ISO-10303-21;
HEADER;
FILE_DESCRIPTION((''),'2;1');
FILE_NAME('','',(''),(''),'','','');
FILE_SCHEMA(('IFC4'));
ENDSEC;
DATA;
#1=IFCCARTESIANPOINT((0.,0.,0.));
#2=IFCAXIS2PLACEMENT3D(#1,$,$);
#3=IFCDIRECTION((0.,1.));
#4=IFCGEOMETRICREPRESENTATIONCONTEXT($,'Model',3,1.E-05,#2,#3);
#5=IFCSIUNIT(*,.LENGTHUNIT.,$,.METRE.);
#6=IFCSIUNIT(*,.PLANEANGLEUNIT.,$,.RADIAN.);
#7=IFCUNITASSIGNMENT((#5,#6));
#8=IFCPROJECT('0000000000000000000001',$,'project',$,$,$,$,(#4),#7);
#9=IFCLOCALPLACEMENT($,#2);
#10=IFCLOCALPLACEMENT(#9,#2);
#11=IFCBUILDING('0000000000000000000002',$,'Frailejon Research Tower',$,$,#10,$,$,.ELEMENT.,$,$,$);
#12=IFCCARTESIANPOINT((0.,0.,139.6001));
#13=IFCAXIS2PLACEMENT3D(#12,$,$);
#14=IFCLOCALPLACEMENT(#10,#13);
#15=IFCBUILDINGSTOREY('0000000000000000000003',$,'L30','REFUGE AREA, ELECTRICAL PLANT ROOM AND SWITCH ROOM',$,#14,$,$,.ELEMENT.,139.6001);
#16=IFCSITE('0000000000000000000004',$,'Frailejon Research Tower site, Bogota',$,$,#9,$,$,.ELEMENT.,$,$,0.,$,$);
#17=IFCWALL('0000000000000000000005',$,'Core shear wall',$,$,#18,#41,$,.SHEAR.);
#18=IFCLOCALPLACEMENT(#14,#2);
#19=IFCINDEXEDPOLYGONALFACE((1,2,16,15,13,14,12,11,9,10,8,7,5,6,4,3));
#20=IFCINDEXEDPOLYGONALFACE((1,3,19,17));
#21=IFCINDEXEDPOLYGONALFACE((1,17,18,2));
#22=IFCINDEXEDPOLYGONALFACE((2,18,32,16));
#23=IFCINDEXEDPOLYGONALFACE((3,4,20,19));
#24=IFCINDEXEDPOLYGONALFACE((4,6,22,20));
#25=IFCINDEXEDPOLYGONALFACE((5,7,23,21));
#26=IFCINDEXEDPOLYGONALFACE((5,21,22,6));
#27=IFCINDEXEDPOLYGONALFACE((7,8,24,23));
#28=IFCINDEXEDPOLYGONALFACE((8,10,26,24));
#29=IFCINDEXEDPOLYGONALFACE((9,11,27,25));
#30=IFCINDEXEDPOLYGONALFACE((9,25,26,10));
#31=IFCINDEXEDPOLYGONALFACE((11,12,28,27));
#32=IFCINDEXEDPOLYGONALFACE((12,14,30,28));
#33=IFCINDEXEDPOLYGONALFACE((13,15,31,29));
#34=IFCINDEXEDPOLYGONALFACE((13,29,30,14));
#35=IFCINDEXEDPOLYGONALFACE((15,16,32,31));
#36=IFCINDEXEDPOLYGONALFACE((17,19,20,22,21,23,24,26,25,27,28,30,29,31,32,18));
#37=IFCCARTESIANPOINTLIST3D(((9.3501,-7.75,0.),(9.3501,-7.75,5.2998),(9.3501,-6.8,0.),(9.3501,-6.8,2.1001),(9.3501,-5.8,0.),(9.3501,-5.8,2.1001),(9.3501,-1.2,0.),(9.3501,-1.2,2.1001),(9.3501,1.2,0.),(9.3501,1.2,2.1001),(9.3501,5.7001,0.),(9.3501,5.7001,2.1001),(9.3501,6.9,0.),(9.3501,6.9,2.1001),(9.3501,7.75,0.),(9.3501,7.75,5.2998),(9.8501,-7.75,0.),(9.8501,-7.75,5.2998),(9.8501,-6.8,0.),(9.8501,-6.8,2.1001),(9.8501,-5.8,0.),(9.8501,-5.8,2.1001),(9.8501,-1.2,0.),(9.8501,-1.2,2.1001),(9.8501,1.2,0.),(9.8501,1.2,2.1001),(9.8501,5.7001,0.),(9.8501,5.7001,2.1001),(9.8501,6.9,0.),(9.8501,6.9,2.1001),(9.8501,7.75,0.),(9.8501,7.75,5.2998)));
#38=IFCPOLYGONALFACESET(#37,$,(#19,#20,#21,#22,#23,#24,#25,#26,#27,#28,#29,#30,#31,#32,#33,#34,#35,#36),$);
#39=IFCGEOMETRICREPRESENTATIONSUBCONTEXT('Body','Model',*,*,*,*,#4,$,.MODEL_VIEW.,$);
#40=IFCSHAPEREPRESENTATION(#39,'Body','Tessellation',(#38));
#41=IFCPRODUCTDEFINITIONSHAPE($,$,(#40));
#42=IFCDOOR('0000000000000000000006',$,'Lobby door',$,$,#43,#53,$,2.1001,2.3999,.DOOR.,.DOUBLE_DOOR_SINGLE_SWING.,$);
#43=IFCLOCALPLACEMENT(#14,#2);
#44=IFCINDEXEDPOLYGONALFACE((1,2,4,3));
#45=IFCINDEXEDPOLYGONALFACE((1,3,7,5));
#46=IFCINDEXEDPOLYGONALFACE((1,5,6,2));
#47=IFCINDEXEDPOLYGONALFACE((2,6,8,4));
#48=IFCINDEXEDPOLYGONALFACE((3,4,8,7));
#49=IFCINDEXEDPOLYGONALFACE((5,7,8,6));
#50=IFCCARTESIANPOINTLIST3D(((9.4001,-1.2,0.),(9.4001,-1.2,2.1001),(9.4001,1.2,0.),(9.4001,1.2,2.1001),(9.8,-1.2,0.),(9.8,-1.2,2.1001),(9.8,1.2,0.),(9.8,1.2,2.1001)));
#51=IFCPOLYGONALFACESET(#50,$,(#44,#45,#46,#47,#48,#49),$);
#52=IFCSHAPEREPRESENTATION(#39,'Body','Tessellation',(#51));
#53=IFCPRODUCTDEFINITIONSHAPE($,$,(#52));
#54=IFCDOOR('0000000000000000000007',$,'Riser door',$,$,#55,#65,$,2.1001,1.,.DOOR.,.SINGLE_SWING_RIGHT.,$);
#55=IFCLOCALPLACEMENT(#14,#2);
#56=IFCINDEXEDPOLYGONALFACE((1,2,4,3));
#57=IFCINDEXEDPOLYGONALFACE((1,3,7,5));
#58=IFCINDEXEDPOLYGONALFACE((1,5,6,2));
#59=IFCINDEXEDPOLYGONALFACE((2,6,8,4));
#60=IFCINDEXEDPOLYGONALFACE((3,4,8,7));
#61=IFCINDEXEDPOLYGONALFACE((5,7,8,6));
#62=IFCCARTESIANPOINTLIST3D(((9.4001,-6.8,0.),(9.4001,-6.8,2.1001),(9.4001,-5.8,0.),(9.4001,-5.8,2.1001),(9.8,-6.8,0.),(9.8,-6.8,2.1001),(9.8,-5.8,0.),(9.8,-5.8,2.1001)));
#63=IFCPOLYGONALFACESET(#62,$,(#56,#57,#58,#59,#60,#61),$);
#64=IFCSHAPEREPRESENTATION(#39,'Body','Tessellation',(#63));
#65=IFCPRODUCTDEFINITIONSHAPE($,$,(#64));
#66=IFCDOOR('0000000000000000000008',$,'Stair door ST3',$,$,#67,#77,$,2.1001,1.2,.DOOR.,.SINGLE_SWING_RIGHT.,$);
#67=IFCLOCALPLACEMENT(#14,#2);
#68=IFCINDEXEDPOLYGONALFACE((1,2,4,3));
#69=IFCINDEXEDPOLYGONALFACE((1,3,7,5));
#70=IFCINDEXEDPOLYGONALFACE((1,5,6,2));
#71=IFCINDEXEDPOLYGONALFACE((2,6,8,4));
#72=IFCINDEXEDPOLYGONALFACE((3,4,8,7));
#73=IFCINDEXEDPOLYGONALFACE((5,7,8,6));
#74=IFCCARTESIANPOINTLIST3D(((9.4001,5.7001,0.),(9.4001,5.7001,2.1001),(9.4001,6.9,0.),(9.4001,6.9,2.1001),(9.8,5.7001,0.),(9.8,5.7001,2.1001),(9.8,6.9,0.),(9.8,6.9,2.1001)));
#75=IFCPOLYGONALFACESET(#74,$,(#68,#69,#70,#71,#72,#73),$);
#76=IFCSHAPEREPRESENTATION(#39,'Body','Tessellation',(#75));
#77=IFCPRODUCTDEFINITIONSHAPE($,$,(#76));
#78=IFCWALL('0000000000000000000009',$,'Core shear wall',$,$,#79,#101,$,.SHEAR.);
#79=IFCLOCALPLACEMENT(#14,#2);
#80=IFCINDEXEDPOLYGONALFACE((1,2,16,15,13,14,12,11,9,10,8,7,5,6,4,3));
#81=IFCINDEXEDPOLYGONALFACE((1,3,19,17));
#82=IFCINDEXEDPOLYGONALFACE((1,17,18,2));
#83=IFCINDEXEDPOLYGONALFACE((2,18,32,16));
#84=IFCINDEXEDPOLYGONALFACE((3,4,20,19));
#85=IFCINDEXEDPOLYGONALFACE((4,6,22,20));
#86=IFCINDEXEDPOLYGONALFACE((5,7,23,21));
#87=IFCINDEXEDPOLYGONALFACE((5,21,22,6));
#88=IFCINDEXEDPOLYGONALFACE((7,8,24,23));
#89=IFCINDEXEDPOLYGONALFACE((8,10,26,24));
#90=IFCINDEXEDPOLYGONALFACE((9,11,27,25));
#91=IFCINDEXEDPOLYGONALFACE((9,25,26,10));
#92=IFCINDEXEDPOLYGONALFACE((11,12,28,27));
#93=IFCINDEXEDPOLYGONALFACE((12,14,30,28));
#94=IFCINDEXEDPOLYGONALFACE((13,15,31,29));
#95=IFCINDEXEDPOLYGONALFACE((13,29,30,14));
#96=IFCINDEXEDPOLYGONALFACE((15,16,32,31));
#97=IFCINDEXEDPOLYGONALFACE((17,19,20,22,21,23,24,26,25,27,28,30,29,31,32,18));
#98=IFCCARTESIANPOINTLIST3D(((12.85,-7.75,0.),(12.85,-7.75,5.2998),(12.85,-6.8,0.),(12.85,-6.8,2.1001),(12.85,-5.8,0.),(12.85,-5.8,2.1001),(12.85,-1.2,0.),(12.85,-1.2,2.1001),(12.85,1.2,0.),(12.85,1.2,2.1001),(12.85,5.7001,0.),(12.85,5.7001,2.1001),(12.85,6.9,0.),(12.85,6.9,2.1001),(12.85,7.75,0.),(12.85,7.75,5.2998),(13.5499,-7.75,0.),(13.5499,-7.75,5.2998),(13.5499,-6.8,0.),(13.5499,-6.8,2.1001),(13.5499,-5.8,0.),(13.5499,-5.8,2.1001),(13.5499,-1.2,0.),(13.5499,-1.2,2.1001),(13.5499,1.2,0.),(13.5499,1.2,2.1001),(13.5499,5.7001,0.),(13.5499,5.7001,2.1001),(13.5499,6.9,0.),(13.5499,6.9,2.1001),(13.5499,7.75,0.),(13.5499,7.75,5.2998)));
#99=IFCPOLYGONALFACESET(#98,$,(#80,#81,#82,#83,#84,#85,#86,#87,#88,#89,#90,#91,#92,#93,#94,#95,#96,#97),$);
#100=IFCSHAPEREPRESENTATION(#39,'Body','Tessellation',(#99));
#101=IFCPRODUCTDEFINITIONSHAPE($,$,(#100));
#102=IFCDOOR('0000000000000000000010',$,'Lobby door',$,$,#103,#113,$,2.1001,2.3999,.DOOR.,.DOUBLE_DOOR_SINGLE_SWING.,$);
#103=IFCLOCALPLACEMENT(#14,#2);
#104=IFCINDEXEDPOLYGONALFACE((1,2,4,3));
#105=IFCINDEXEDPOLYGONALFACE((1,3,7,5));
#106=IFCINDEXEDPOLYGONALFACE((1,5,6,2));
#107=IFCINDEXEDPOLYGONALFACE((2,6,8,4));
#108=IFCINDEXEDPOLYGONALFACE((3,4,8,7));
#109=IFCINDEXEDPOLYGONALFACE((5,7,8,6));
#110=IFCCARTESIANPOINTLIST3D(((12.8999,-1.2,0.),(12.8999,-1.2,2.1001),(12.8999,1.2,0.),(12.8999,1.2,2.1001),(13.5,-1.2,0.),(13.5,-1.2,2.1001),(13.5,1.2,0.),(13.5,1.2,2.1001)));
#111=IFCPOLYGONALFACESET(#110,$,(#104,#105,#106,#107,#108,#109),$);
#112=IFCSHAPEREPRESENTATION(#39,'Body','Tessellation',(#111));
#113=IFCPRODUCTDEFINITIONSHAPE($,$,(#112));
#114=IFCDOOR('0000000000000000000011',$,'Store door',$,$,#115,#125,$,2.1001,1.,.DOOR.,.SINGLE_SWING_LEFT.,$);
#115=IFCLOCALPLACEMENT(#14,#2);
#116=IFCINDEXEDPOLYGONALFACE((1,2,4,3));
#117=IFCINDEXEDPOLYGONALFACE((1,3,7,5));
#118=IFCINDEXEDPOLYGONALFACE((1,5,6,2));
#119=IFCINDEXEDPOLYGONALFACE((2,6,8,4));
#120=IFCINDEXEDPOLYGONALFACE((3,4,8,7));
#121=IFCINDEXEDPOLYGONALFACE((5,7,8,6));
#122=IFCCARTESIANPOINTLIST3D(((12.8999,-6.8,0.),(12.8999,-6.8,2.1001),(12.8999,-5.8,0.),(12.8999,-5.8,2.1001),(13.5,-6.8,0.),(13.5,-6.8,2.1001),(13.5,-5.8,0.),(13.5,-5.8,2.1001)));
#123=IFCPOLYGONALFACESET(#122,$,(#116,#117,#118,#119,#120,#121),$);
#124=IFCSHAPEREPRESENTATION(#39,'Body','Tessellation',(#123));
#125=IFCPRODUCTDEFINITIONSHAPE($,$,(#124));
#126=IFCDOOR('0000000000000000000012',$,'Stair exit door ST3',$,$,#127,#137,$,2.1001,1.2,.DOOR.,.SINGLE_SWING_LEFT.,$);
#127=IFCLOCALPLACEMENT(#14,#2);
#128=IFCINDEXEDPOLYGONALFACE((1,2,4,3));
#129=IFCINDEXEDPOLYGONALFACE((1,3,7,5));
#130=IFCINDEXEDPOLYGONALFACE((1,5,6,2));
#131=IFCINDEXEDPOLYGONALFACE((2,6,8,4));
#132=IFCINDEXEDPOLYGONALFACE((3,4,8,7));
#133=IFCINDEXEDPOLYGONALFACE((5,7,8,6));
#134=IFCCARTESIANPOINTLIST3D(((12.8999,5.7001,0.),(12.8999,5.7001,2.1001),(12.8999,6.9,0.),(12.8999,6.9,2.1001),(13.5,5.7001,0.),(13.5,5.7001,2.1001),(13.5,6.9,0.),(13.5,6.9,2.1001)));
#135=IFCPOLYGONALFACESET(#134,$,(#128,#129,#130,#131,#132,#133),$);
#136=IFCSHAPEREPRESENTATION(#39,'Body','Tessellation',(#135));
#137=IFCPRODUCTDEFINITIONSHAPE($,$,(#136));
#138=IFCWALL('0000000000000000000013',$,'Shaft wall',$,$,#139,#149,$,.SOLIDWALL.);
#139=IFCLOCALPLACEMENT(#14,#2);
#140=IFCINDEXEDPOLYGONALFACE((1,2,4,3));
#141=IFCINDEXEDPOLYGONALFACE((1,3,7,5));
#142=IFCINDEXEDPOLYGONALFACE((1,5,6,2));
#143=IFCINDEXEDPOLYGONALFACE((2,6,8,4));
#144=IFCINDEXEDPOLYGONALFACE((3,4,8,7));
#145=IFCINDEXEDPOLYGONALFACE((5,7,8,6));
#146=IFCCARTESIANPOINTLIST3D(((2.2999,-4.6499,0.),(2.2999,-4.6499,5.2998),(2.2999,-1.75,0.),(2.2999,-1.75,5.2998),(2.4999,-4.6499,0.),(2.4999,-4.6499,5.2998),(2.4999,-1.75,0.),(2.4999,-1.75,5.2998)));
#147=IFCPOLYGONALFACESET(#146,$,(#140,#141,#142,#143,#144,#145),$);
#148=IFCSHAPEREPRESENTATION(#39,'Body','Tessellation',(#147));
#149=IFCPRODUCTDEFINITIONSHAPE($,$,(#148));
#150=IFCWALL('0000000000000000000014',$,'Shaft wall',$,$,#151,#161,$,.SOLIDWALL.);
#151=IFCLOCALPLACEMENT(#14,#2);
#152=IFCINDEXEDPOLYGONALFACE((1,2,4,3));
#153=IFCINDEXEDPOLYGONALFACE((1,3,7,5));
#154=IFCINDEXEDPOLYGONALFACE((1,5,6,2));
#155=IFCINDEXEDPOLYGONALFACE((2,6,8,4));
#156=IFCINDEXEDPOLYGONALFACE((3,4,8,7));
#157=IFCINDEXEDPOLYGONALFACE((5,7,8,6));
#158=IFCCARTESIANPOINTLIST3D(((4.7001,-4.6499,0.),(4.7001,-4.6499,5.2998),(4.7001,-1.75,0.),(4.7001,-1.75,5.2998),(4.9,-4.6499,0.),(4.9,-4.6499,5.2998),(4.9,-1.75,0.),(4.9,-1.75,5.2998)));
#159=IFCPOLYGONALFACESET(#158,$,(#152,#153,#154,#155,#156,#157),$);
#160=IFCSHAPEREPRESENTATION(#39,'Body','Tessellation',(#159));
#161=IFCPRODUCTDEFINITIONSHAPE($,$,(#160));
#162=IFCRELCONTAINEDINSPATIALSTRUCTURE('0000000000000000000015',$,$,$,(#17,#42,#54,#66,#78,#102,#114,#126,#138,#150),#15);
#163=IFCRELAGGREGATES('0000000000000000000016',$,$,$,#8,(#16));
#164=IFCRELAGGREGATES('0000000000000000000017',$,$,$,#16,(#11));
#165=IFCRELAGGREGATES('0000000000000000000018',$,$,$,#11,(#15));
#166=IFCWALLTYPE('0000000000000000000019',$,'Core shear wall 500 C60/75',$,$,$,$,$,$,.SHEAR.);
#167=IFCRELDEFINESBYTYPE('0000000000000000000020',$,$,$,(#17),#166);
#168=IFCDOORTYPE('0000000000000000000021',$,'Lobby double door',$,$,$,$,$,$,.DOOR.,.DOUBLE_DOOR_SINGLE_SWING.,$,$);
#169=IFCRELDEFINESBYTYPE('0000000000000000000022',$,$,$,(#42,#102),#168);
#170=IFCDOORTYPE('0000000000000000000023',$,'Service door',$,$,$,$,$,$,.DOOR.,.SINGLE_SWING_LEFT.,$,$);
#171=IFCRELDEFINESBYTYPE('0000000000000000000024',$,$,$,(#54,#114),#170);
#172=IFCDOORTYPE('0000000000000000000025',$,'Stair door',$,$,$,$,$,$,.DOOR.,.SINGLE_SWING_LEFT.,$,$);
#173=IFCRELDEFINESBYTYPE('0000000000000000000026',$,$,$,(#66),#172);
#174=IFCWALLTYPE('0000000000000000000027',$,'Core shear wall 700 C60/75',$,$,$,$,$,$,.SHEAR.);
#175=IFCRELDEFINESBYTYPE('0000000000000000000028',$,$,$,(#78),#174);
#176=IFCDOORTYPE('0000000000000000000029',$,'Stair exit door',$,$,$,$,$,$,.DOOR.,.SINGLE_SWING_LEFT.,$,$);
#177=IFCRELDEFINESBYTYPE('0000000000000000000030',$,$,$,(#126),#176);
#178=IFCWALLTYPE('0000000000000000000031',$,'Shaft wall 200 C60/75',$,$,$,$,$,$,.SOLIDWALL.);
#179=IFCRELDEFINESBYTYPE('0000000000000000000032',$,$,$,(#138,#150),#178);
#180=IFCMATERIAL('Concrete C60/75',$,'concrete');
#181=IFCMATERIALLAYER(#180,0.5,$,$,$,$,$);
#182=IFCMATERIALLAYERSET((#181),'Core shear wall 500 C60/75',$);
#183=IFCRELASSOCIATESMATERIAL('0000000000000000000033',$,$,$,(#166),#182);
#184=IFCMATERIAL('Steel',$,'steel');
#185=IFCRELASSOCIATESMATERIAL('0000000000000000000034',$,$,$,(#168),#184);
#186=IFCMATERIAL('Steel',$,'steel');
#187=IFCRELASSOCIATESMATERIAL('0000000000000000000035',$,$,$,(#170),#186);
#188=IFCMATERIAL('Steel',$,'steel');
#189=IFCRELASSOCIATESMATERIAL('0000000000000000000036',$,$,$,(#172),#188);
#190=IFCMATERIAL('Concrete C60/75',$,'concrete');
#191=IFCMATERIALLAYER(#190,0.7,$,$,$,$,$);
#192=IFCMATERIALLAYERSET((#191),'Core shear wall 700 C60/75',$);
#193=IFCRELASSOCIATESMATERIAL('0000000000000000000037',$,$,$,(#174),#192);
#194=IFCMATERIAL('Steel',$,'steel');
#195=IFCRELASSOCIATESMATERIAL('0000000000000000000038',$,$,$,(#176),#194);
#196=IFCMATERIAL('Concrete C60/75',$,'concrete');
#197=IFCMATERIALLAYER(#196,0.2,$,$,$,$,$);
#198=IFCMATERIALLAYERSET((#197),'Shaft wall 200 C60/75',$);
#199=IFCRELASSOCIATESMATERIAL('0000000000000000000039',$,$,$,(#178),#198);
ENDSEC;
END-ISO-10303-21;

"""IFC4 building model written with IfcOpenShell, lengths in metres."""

from ifc_helpers import new_model, si_unit, direction, frame, frame_2d, origin, place, context, subcontext, project, spatial, rectangle, extrude, material, layer, layer_set, type_object, element, fill, save


model = new_model("IFC4")

# Units and contexts
model_context = context("Model", 3, precision=1e-05, world=origin(), true_north=direction((0.0, 1.0)))
body_context = subcontext(model_context, "Body", "Model", "MODEL_VIEW")
ifc_project = project(units=[si_unit("LENGTHUNIT", "METRE"), si_unit("PLANEANGLEUNIT", "RADIAN")], contexts=[model_context])

# Site, building, storey
site_placement = place(None, origin())
site = spatial("IfcSite", under=ifc_project, at=site_placement, Name="Frailejon Research Tower site, Bogota", CompositionType="ELEMENT", RefElevation=0.0)
building_placement = place(site_placement, origin())
building = spatial("IfcBuilding", under=site, at=building_placement, Name="Frailejon Research Tower", CompositionType="ELEMENT")
storey_placement = place(building_placement, frame((0.0, 0.0, 139.6001)))
storey = spatial("IfcBuildingStorey", under=building, at=storey_placement, Name="L30", Description="REFUGE AREA, ELECTRICAL PLANT ROOM AND SWITCH ROOM", CompositionType="ELEMENT", Elevation=139.6001)

# Walls, openings, doors
ifc_material_1 = material(Name="Concrete C60/75", Category="concrete")
ifc_layer_1 = layer(ifc_material_1, 0.5)
ifc_layer_set_1 = layer_set([ifc_layer_1], Name="Core shear wall 500 C60/75")
wall_type_1 = type_object("IfcWallType", Name="Core shear wall 500 C60/75", PredefinedType="SHEAR", material=ifc_layer_set_1)
wall_1_placement = place(storey_placement, frame((9.6001, -7.75, 0.0), z_axis=(0.0, 0.0, 1.0), x_axis=(0.0, 1.0, 0.0)))
wall_1 = element("IfcWall", 1, at=wall_1_placement, inside=storey, type_object=wall_type_1, Name="Core shear wall", PredefinedType="SHEAR", context=body_context, shape_type="SweptSolid", body=[
    extrude(rectangle(XDim=15.5, YDim=0.5, at=frame_2d((7.75, 0.0))), origin(), (0.0, 0.0, 1.0), 5.2998),
])
opening_1_placement = place(wall_1_placement, frame((6.55, 0.0, 0.0)))
opening_1 = element("IfcOpeningElement", 2, at=opening_1_placement, cuts=wall_1, PredefinedType="OPENING", context=body_context, shape_type="SweptSolid", body=[
    extrude(rectangle(XDim=2.3999, YDim=2.1001, at=frame_2d((1.2, 1.05))), frame((0.0, 0.26, 0.0), z_axis=(0.0, -1.0, 0.0), x_axis=(1.0, 0.0, 0.0)), (0.0, 0.0, 1.0), 0.52),
])
opening_2_placement = place(wall_1_placement, frame((13.45, 0.0, 0.0)))
opening_2 = element("IfcOpeningElement", 3, at=opening_2_placement, cuts=wall_1, PredefinedType="OPENING", context=body_context, shape_type="SweptSolid", body=[
    extrude(rectangle(XDim=1.2, YDim=2.1001, at=frame_2d((0.6001, 1.05))), frame((0.0, 0.26, 0.0), z_axis=(0.0, -1.0, 0.0), x_axis=(1.0, 0.0, 0.0)), (0.0, 0.0, 1.0), 0.52),
])
opening_3_placement = place(wall_1_placement, frame((0.95, 0.0, 0.0)))
opening_3 = element("IfcOpeningElement", 4, at=opening_3_placement, cuts=wall_1, PredefinedType="OPENING", context=body_context, shape_type="SweptSolid", body=[
    extrude(rectangle(XDim=1.0, YDim=2.1001, at=frame_2d((0.5, 1.05))), frame((0.0, 0.26, 0.0), z_axis=(0.0, -1.0, 0.0), x_axis=(1.0, 0.0, 0.0)), (0.0, 0.0, 1.0), 0.52),
])
ifc_material_2 = material(Name="Steel", Category="steel")
door_type_1 = type_object("IfcDoorType", Name="Lobby double door", OperationType="DOUBLE_DOOR_SINGLE_SWING", PredefinedType="DOOR", material=ifc_material_2)
door_1_placement = place(opening_1_placement, origin())
door_1 = element("IfcDoor", 5, at=door_1_placement, inside=storey, type_object=door_type_1, Name="Lobby door", OperationType="DOUBLE_DOOR_SINGLE_SWING", OverallHeight=2.1001, OverallWidth=2.3999, PredefinedType="DOOR", context=body_context, shape_type="SweptSolid", body=[
    extrude(rectangle(XDim=2.3999, YDim=2.1001, at=frame_2d((1.2, 1.05))), frame((0.0, 0.2, 0.0), z_axis=(0.0, -1.0, 0.0), x_axis=(1.0, 0.0, 0.0)), (0.0, 0.0, 1.0), 0.3999),
])
fill(opening_1, door_1)
ifc_material_3 = material(Name="Steel", Category="steel")
door_type_2 = type_object("IfcDoorType", Name="Service door", OperationType="SINGLE_SWING_LEFT", PredefinedType="DOOR", material=ifc_material_3)
door_2_placement = place(opening_3_placement, origin())
door_2 = element("IfcDoor", 6, at=door_2_placement, inside=storey, type_object=door_type_2, Name="Riser door", OperationType="SINGLE_SWING_RIGHT", OverallHeight=2.1001, OverallWidth=1.0, PredefinedType="DOOR", context=body_context, shape_type="SweptSolid", body=[
    extrude(rectangle(XDim=1.0, YDim=2.1001, at=frame_2d((0.5, 1.05))), frame((0.0, 0.2, 0.0), z_axis=(0.0, -1.0, 0.0), x_axis=(1.0, 0.0, 0.0)), (0.0, 0.0, 1.0), 0.3999),
])
fill(opening_3, door_2)
ifc_material_4 = material(Name="Steel", Category="steel")
door_type_3 = type_object("IfcDoorType", Name="Stair door", OperationType="SINGLE_SWING_LEFT", PredefinedType="DOOR", material=ifc_material_4)
door_3_placement = place(opening_2_placement, origin())
door_3 = element("IfcDoor", 7, at=door_3_placement, inside=storey, type_object=door_type_3, Name="Stair door ST3", OperationType="SINGLE_SWING_RIGHT", OverallHeight=2.1001, OverallWidth=1.2, PredefinedType="DOOR", context=body_context, shape_type="SweptSolid", body=[
    extrude(rectangle(XDim=1.2, YDim=2.1001, at=frame_2d((0.6001, 1.05))), frame((0.0, 0.2, 0.0), z_axis=(0.0, -1.0, 0.0), x_axis=(1.0, 0.0, 0.0)), (0.0, 0.0, 1.0), 0.3999),
])
fill(opening_2, door_3)
ifc_material_5 = material(Name="Concrete C60/75", Category="concrete")
ifc_layer_2 = layer(ifc_material_5, 0.7)
ifc_layer_set_2 = layer_set([ifc_layer_2], Name="Core shear wall 700 C60/75")
wall_type_2 = type_object("IfcWallType", Name="Core shear wall 700 C60/75", PredefinedType="SHEAR", material=ifc_layer_set_2)
wall_2_placement = place(storey_placement, frame((13.2, -7.75, 0.0), z_axis=(0.0, 0.0, 1.0), x_axis=(0.0, 1.0, 0.0)))
wall_2 = element("IfcWall", 8, at=wall_2_placement, inside=storey, type_object=wall_type_2, Name="Core shear wall", PredefinedType="SHEAR", context=body_context, shape_type="SweptSolid", body=[
    extrude(rectangle(XDim=15.5, YDim=0.7, at=frame_2d((7.75, 0.0))), origin(), (0.0, 0.0, 1.0), 5.2998),
])
opening_4_placement = place(wall_2_placement, frame((6.55, 0.0, 0.0)))
opening_4 = element("IfcOpeningElement", 9, at=opening_4_placement, cuts=wall_2, PredefinedType="OPENING", context=body_context, shape_type="SweptSolid", body=[
    extrude(rectangle(XDim=2.3999, YDim=2.1001, at=frame_2d((1.2, 1.05))), frame((0.0, 0.3599, 0.0), z_axis=(0.0, -1.0, 0.0), x_axis=(1.0, 0.0, 0.0)), (0.0, 0.0, 1.0), 0.72),
])
opening_5_placement = place(wall_2_placement, frame((13.45, 0.0, 0.0)))
opening_5 = element("IfcOpeningElement", 10, at=opening_5_placement, cuts=wall_2, PredefinedType="OPENING", context=body_context, shape_type="SweptSolid", body=[
    extrude(rectangle(XDim=1.2, YDim=2.1001, at=frame_2d((0.6001, 1.05))), frame((0.0, 0.3599, 0.0), z_axis=(0.0, -1.0, 0.0), x_axis=(1.0, 0.0, 0.0)), (0.0, 0.0, 1.0), 0.72),
])
opening_6_placement = place(wall_2_placement, frame((0.95, 0.0, 0.0)))
opening_6 = element("IfcOpeningElement", 11, at=opening_6_placement, cuts=wall_2, PredefinedType="OPENING", context=body_context, shape_type="SweptSolid", body=[
    extrude(rectangle(XDim=1.0, YDim=2.1001, at=frame_2d((0.5, 1.05))), frame((0.0, 0.3599, 0.0), z_axis=(0.0, -1.0, 0.0), x_axis=(1.0, 0.0, 0.0)), (0.0, 0.0, 1.0), 0.72),
])
door_4_placement = place(opening_4_placement, origin())
door_4 = element("IfcDoor", 12, at=door_4_placement, inside=storey, type_object=door_type_1, Name="Lobby door", OperationType="DOUBLE_DOOR_SINGLE_SWING", OverallHeight=2.1001, OverallWidth=2.3999, PredefinedType="DOOR", context=body_context, shape_type="SweptSolid", body=[
    extrude(rectangle(XDim=2.3999, YDim=2.1001, at=frame_2d((1.2, 1.05))), frame((0.0, 0.3, 0.0), z_axis=(0.0, -1.0, 0.0), x_axis=(1.0, 0.0, 0.0)), (0.0, 0.0, 1.0), 0.6001),
])
fill(opening_4, door_4)
door_5_placement = place(opening_6_placement, origin())
door_5 = element("IfcDoor", 13, at=door_5_placement, inside=storey, type_object=door_type_2, Name="Store door", OperationType="SINGLE_SWING_LEFT", OverallHeight=2.1001, OverallWidth=1.0, PredefinedType="DOOR", context=body_context, shape_type="SweptSolid", body=[
    extrude(rectangle(XDim=1.0, YDim=2.1001, at=frame_2d((0.5, 1.05))), frame((0.0, 0.3, 0.0), z_axis=(0.0, -1.0, 0.0), x_axis=(1.0, 0.0, 0.0)), (0.0, 0.0, 1.0), 0.6001),
])
fill(opening_6, door_5)
ifc_material_6 = material(Name="Steel", Category="steel")
door_type_4 = type_object("IfcDoorType", Name="Stair exit door", OperationType="SINGLE_SWING_LEFT", PredefinedType="DOOR", material=ifc_material_6)
door_6_placement = place(opening_5_placement, origin())
door_6 = element("IfcDoor", 14, at=door_6_placement, inside=storey, type_object=door_type_4, Name="Stair exit door ST3", OperationType="SINGLE_SWING_LEFT", OverallHeight=2.1001, OverallWidth=1.2, PredefinedType="DOOR", context=body_context, shape_type="SweptSolid", body=[
    extrude(rectangle(XDim=1.2, YDim=2.1001, at=frame_2d((0.6001, 1.05))), frame((0.0, 0.3, 0.0), z_axis=(0.0, -1.0, 0.0), x_axis=(1.0, 0.0, 0.0)), (0.0, 0.0, 1.0), 0.6001),
])
fill(opening_5, door_6)

# Walls
ifc_material_7 = material(Name="Concrete C60/75", Category="concrete")
ifc_layer_3 = layer(ifc_material_7, 0.2)
ifc_layer_set_3 = layer_set([ifc_layer_3], Name="Shaft wall 200 C60/75")
wall_type_3 = type_object("IfcWallType", Name="Shaft wall 200 C60/75", PredefinedType="SOLIDWALL", material=ifc_layer_set_3)
for number, where, z_axis, x_axis, name in (
    (15, (2.3999, -4.6499, 0.0), (0.0, 0.0, 1.0), (0.0, 1.0, 0.0), "Shaft wall"),
    (16, (4.8, -4.6499, 0.0), (0.0, 0.0, 1.0), (0.0, 1.0, 0.0), "Shaft wall"),
):
    element("IfcWall", number, at=place(storey_placement, frame(where, z_axis=z_axis, x_axis=x_axis)), inside=storey, type_object=wall_type_3, Name=name, PredefinedType="SOLIDWALL", context=body_context, shape_type="SweptSolid", body=[
        extrude(rectangle(XDim=2.8999, YDim=0.2, at=frame_2d((1.45, 0.0))), origin(), (0.0, 0.0, 1.0), 5.2998),
    ])

save(model, "model.ifc")
